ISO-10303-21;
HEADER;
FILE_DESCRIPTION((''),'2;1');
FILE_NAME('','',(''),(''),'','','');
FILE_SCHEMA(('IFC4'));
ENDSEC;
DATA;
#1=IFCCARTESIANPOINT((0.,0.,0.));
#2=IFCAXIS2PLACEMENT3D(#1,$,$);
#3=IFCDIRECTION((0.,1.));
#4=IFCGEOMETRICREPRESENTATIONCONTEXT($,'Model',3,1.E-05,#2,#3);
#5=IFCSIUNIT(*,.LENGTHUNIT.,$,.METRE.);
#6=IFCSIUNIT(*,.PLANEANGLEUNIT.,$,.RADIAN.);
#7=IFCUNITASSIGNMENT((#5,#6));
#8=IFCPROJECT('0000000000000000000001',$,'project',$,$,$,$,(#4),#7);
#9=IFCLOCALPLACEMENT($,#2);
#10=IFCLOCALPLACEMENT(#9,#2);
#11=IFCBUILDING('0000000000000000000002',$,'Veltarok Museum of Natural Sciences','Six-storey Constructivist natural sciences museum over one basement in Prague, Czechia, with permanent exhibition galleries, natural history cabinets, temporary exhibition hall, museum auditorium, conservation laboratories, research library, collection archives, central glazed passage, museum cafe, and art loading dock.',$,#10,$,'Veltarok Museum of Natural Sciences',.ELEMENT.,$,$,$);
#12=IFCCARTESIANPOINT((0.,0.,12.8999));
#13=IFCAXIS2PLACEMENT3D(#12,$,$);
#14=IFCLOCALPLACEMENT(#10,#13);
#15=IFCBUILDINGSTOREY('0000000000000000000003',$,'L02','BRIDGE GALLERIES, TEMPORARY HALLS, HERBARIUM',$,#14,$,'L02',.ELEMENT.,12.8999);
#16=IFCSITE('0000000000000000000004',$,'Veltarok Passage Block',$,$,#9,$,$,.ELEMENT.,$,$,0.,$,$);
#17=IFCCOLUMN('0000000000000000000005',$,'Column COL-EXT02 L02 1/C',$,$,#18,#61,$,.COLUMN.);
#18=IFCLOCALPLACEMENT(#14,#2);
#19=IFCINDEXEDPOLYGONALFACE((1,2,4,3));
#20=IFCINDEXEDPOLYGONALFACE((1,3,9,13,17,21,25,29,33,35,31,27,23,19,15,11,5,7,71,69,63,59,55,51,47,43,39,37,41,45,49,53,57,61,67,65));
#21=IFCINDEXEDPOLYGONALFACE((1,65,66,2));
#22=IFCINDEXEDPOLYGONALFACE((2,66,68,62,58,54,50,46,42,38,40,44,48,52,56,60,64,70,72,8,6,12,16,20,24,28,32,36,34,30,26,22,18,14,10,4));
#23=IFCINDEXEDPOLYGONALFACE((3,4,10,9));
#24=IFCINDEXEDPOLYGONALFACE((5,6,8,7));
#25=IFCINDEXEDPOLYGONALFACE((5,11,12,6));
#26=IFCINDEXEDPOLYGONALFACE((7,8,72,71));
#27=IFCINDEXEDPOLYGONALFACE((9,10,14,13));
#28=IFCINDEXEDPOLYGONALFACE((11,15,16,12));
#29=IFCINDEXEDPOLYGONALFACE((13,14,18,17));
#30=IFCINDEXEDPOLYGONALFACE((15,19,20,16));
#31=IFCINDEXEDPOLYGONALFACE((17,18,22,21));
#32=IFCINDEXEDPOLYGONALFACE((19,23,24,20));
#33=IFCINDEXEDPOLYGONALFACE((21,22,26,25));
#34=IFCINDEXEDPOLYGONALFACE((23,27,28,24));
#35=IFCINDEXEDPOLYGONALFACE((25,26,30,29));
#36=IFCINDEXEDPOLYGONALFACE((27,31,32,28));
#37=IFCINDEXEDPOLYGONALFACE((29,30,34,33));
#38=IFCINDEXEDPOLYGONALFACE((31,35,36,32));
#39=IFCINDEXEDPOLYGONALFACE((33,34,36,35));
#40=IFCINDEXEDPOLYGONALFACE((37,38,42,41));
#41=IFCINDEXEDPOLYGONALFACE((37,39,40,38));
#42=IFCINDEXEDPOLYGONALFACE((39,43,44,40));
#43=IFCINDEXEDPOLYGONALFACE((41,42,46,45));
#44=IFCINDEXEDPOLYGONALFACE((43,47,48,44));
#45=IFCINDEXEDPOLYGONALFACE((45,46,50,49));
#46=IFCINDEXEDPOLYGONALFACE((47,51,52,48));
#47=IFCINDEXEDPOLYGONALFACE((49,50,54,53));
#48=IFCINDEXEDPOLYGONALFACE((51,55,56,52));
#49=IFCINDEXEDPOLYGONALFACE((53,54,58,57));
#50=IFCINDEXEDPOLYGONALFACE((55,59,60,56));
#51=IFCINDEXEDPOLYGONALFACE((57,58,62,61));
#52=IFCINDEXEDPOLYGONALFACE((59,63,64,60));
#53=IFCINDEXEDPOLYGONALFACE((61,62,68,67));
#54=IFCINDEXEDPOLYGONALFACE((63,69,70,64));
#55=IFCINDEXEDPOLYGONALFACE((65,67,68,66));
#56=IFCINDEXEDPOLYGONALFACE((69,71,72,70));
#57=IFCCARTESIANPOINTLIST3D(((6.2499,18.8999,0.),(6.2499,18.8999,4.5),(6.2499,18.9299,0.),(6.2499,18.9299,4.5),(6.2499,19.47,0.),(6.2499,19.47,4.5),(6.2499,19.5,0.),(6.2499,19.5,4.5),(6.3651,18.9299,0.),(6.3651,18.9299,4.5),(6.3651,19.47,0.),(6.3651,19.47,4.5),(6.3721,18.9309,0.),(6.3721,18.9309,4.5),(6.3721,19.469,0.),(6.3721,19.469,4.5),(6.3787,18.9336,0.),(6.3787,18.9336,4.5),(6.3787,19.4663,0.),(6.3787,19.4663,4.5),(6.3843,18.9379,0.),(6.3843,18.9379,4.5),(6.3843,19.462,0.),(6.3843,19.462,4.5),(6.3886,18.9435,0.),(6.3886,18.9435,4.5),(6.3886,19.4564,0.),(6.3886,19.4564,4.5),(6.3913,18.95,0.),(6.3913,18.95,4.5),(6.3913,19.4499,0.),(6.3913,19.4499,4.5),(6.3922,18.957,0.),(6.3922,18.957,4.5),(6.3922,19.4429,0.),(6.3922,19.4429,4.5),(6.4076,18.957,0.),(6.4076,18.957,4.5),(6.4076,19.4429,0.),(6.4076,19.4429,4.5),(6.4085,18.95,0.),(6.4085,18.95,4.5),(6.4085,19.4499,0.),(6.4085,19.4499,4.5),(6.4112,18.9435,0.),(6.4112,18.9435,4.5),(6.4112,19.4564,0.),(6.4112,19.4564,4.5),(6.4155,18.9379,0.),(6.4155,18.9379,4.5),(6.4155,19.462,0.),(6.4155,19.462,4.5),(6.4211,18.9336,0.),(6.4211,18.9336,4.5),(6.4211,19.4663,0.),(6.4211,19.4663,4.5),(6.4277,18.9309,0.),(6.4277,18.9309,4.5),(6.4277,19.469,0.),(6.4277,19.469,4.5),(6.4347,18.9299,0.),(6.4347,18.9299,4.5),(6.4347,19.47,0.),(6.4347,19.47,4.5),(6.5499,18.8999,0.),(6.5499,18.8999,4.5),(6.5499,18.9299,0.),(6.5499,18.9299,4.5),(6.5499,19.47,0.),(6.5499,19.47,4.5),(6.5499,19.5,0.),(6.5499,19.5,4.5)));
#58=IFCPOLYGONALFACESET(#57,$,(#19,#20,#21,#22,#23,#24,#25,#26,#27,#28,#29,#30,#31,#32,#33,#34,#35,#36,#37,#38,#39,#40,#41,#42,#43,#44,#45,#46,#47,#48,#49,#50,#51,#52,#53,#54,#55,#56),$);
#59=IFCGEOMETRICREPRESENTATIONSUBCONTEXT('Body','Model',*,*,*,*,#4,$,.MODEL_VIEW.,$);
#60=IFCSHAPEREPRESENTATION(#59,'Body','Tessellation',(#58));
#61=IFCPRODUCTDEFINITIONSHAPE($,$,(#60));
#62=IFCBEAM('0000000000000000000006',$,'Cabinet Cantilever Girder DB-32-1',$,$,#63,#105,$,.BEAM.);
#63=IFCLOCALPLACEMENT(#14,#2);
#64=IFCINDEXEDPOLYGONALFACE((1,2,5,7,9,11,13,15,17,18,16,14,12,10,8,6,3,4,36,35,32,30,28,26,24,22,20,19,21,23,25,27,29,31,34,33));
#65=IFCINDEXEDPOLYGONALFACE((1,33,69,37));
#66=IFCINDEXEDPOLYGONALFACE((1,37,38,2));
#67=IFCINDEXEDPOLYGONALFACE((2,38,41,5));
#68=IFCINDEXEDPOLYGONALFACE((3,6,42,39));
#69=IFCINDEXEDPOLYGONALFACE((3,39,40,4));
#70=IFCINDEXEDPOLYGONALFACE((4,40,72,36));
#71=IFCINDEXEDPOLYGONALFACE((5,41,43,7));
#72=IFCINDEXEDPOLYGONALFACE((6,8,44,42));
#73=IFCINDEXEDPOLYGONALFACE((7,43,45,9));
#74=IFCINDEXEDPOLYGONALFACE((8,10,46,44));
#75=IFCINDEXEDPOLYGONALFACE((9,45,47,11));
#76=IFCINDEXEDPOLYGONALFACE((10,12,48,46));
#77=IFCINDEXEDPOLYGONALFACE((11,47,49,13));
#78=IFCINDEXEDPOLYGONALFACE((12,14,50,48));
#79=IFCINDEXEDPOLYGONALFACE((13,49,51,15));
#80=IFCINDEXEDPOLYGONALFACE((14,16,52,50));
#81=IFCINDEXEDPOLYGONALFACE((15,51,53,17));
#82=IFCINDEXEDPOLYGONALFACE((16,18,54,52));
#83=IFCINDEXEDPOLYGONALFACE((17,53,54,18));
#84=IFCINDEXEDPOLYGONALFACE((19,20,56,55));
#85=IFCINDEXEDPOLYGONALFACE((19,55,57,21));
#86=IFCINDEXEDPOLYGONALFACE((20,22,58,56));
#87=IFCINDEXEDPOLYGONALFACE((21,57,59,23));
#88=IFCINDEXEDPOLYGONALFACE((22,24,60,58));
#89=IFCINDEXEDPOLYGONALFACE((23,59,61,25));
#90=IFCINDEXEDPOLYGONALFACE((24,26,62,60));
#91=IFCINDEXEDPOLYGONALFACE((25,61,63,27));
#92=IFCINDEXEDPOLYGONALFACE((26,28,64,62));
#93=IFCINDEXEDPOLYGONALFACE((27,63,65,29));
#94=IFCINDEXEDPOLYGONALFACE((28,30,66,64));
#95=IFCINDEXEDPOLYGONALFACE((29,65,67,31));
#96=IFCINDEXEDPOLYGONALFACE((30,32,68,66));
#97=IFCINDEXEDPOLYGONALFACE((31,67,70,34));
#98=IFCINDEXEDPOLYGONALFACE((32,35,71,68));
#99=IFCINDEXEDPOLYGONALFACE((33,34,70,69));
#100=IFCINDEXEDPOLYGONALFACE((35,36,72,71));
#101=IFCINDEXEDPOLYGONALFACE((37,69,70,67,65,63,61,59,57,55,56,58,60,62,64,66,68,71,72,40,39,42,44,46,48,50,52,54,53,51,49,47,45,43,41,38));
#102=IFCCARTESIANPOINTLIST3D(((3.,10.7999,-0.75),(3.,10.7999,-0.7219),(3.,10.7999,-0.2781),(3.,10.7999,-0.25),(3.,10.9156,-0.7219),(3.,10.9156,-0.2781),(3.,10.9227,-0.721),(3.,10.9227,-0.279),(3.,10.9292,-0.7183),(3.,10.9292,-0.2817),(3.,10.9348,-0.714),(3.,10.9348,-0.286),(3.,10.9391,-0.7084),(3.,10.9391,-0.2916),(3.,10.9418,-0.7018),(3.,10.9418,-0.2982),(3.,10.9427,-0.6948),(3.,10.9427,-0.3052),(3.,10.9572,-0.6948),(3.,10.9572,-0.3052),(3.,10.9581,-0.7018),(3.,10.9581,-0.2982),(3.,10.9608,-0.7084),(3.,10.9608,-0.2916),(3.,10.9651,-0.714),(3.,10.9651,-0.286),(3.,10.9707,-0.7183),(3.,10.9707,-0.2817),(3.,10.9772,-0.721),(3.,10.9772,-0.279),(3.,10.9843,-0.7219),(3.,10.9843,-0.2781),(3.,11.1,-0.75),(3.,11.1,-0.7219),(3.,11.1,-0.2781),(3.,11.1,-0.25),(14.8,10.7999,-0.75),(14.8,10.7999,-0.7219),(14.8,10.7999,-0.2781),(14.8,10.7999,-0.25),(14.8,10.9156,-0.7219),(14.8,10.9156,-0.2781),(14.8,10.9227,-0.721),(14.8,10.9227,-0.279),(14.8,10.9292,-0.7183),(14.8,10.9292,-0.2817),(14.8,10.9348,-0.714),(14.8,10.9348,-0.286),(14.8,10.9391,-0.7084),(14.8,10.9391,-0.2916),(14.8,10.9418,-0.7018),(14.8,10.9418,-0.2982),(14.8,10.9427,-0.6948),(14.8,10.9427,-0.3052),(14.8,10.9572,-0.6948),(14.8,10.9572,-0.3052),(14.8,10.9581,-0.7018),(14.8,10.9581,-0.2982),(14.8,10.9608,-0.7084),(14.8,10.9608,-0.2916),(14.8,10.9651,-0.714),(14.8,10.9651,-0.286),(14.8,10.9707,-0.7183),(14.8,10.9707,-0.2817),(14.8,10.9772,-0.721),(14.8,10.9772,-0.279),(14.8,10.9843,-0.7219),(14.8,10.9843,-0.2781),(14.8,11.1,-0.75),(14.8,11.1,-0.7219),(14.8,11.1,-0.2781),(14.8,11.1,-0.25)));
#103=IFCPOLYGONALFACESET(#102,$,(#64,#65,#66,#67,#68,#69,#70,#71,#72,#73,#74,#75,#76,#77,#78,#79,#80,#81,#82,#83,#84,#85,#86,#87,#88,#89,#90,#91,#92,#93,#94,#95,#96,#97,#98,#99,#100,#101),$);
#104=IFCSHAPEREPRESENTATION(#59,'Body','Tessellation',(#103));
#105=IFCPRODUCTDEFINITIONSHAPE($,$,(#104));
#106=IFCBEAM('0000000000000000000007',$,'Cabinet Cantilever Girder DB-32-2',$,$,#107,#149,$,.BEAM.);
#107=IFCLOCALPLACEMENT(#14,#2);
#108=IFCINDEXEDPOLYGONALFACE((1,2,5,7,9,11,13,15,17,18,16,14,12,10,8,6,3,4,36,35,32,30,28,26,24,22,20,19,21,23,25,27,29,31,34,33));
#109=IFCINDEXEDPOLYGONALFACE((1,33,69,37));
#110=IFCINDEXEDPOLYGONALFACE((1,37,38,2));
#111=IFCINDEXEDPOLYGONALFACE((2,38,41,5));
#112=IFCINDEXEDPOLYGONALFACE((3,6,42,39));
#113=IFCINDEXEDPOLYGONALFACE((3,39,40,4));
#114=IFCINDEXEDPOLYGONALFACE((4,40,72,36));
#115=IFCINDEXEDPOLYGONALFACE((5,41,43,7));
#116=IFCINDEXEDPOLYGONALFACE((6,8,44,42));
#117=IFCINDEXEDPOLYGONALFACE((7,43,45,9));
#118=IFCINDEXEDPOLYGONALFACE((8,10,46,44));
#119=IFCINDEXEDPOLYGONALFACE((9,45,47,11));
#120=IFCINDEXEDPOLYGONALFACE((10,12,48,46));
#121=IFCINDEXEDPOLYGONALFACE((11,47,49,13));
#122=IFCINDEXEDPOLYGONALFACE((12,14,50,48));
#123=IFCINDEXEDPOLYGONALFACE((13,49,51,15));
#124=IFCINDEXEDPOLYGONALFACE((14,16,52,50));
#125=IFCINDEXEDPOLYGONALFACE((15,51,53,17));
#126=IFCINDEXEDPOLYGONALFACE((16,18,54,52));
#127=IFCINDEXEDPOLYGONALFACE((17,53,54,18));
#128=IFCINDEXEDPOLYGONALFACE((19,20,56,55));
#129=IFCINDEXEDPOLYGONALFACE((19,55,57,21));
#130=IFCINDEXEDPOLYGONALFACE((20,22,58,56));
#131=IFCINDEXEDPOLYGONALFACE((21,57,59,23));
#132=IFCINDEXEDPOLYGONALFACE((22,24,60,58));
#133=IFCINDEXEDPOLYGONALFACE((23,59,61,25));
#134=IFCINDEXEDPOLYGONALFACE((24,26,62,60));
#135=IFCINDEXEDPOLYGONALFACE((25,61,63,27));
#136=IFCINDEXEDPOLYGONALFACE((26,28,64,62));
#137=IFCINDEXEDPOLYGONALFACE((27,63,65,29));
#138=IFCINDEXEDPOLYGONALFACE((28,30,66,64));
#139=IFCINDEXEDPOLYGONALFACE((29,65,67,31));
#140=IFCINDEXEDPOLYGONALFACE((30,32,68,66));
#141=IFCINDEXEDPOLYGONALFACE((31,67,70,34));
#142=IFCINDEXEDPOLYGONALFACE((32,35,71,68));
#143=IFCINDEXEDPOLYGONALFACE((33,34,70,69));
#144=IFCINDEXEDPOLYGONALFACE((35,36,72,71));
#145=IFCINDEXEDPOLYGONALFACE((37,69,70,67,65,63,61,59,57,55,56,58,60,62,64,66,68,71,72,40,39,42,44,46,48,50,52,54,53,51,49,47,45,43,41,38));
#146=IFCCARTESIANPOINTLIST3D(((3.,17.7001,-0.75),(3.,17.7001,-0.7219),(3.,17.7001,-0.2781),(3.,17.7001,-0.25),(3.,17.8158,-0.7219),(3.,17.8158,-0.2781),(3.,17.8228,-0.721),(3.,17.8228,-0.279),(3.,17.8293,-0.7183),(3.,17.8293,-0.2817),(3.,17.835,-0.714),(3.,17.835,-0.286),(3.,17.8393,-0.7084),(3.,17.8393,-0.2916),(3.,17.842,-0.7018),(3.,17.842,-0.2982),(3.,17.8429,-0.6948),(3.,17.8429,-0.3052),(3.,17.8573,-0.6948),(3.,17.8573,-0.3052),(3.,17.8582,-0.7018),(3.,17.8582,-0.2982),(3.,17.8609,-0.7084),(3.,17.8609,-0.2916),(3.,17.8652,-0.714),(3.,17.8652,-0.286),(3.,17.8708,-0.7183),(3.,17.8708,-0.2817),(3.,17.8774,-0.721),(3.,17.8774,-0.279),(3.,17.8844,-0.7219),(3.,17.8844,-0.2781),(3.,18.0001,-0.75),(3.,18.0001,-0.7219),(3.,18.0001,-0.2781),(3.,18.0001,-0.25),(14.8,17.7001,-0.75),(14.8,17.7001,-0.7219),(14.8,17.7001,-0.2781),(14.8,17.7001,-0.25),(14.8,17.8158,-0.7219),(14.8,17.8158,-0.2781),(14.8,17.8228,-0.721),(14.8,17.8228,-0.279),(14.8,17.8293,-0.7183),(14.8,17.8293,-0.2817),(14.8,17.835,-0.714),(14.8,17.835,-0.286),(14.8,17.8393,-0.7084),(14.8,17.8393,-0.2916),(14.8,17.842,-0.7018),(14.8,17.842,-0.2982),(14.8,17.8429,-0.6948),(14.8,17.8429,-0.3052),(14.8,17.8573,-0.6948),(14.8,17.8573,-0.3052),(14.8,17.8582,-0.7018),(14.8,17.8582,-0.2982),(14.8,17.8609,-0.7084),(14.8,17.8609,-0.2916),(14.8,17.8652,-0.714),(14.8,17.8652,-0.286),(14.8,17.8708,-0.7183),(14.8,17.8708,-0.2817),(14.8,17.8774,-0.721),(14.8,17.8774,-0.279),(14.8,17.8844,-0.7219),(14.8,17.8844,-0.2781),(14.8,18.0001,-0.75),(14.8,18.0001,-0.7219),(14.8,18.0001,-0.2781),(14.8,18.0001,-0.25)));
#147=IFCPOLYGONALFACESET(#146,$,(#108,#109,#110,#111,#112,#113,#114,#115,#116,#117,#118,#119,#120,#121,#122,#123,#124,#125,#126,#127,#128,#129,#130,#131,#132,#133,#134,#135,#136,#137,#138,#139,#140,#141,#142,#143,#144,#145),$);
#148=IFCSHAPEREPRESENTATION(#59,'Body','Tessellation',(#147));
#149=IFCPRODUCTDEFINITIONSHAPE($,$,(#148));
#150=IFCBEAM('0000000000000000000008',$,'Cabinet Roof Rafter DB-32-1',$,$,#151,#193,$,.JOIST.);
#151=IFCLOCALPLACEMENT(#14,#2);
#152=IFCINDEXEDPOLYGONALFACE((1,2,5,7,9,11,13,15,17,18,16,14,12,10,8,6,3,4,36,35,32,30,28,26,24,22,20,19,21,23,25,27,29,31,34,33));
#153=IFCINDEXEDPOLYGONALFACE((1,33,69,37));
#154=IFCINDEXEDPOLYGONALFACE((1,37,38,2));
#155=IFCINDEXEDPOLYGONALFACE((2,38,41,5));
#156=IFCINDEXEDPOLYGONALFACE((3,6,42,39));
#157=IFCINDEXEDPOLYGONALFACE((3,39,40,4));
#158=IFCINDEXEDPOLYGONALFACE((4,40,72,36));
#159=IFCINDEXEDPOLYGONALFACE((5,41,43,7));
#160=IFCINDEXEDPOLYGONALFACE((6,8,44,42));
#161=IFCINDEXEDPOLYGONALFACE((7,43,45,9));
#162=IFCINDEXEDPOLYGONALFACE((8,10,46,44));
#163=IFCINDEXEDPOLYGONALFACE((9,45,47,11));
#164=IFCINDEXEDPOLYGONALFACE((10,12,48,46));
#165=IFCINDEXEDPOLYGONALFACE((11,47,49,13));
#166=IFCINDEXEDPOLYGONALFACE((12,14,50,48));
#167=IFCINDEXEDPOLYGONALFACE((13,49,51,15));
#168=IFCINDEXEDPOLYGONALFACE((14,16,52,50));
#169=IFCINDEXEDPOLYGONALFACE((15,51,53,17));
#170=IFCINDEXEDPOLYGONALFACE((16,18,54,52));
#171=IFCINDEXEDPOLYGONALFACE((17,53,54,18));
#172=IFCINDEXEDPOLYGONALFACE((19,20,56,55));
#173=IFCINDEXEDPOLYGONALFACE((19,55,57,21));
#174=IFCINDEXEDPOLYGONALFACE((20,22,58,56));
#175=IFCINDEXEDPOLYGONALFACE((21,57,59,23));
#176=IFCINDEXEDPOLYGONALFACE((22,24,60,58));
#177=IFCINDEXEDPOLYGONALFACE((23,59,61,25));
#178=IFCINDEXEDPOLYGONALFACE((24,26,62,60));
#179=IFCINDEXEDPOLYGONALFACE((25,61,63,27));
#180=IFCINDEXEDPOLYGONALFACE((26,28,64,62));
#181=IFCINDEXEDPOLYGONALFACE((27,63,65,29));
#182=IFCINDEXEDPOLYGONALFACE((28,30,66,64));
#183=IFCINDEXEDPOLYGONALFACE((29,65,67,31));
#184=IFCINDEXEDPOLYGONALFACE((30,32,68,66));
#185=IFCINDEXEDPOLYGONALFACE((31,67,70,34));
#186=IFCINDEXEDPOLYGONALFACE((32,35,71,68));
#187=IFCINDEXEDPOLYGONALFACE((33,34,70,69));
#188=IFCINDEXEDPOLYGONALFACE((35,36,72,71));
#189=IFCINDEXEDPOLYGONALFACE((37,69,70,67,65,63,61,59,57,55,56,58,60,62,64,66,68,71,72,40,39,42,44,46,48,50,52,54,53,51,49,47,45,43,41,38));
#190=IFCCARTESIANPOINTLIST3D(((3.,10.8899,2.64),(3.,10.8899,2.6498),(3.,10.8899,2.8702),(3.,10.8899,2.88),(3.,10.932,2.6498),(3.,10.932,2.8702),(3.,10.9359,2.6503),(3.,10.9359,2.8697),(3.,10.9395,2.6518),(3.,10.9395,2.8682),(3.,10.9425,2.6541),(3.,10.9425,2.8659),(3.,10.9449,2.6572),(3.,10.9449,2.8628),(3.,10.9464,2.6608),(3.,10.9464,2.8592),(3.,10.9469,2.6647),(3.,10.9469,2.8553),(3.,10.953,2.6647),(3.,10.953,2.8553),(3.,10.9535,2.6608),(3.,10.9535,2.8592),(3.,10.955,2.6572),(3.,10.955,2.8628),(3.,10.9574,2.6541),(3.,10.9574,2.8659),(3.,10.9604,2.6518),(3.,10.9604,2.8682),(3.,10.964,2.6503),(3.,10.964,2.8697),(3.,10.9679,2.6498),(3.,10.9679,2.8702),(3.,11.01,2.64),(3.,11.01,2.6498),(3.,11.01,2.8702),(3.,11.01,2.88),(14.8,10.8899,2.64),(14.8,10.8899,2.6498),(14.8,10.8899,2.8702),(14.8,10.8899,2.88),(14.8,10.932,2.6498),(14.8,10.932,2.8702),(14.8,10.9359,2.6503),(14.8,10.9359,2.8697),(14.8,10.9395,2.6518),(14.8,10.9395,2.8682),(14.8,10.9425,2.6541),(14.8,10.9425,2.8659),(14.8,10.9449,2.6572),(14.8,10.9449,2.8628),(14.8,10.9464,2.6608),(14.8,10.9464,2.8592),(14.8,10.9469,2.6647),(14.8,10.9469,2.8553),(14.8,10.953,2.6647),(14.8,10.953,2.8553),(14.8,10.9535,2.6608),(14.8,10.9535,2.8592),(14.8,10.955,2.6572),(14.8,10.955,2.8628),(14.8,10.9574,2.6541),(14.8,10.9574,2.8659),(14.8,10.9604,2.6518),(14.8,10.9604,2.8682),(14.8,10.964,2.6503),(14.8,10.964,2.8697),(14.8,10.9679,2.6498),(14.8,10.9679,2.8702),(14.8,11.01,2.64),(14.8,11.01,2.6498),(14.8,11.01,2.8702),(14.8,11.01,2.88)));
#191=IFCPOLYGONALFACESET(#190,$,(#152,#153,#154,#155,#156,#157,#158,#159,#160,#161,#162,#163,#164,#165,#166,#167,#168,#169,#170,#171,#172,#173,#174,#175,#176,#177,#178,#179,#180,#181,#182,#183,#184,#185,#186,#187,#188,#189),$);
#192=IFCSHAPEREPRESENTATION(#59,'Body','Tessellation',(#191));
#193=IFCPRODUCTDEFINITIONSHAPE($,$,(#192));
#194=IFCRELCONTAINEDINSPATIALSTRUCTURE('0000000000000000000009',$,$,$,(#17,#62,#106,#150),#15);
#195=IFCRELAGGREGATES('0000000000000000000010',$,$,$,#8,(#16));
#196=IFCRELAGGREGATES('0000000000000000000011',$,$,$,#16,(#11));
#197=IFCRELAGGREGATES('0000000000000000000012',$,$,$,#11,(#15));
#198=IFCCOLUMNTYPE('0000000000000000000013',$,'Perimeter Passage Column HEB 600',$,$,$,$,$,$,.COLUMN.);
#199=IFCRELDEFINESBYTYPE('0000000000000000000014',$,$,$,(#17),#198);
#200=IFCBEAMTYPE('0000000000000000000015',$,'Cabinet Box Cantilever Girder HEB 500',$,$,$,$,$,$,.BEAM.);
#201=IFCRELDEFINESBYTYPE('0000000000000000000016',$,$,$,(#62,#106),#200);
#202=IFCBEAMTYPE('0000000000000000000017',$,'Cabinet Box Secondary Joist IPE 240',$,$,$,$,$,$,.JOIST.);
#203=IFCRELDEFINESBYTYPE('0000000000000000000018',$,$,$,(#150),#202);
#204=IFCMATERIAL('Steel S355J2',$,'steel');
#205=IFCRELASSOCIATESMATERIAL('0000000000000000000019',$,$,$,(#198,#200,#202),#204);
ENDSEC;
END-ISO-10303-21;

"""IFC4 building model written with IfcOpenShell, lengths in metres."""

from ifc_helpers import new_model, si_unit, direction, frame, origin, origin_2d, place, context, subcontext, project, spatial, i_section, extrude, material, material_profile, profile_set, type_object, element, save


model = new_model("IFC4")

# Units and contexts
model_context = context("Model", 3, precision=1e-05, world=origin(), true_north=direction((0.0, 1.0)))
body_context = subcontext(model_context, "Body", "Model", "MODEL_VIEW")
ifc_project = project(units=[si_unit("LENGTHUNIT", "METRE"), si_unit("PLANEANGLEUNIT", "RADIAN")], contexts=[model_context])

# Site, building, storey
site_placement = place(None, origin())
site = spatial("IfcSite", under=ifc_project, at=site_placement, Name="Veltarok Passage Block", CompositionType="ELEMENT", RefElevation=0.0)
building_placement = place(site_placement, origin())
building = spatial("IfcBuilding", under=site, at=building_placement, Name="Veltarok Museum of Natural Sciences", Description="Six-storey Constructivist natural sciences museum over one basement in Prague, Czechia, with permanent exhibition galleries, natural history cabinets, temporary exhibition hall, museum auditorium, conservation laboratories, research library, collection archives, central glazed passage, museum cafe, and art loading dock.", LongName="Veltarok Museum of Natural Sciences", CompositionType="ELEMENT")
storey_placement = place(building_placement, frame((0.0, 0.0, 12.8999)))
storey = spatial("IfcBuildingStorey", under=building, at=storey_placement, Name="L02", Description="BRIDGE GALLERIES, TEMPORARY HALLS, HERBARIUM", LongName="L02", CompositionType="ELEMENT", Elevation=12.8999)

# Column
ifc_material_1 = material(Name="Steel S355J2", Category="steel")
ifc_material_profile_1 = material_profile(ifc_material_1, i_section(OverallWidth=0.3, OverallDepth=0.6001, WebThickness=0.0154, FlangeThickness=0.03, FilletRadius=0.0271, at=origin_2d()), Name="HEB 600")
ifc_profile_set_1 = profile_set([ifc_material_profile_1], Name="Steel S355J2")
column_type = type_object("IfcColumnType", Name="Perimeter Passage Column HEB 600", PredefinedType="COLUMN", material=ifc_profile_set_1)
column_placement = place(storey_placement, frame((6.3999, 19.2, 0.0), z_axis=(0.0, 0.0, 1.0), x_axis=(1.0, 0.0, 0.0)))
element("IfcColumn", 1, at=column_placement, inside=storey, type_object=column_type, Name="Column COL-EXT02 L02 1/C", PredefinedType="COLUMN", context=body_context, shape_type="SweptSolid", body=[
    extrude(i_section(OverallWidth=0.3, OverallDepth=0.6001, WebThickness=0.0154, FlangeThickness=0.03, FilletRadius=0.0271, at=origin_2d()), origin(), (0.0, 0.0, 1.0), 4.5),
])

# Beams
ifc_material_profile_2 = material_profile(ifc_material_1, i_section(OverallWidth=0.3, OverallDepth=0.5, WebThickness=0.0144, FlangeThickness=0.0281, FilletRadius=0.0271, at=origin_2d()), Name="HEB 500")
ifc_profile_set_2 = profile_set([ifc_material_profile_2], Name="Steel S355J2")
beam_type_1 = type_object("IfcBeamType", Name="Cabinet Box Cantilever Girder HEB 500", PredefinedType="BEAM", material=ifc_profile_set_2)
for number, where, z_axis, x_axis, name in (
    (2, (3.0, 10.95, -0.5), (1.0, 0.0, 0.0), (0.0, 1.0, 0.0), "Cabinet Cantilever Girder DB-32-1"),
    (3, (3.0, 17.8501, -0.5), (1.0, 0.0, 0.0), (0.0, 1.0, 0.0), "Cabinet Cantilever Girder DB-32-2"),
):
    element("IfcBeam", number, at=place(storey_placement, frame(where, z_axis=z_axis, x_axis=x_axis)), inside=storey, type_object=beam_type_1, Name=name, PredefinedType="BEAM", context=body_context, shape_type="SweptSolid", body=[
        extrude(i_section(OverallWidth=0.3, OverallDepth=0.5, WebThickness=0.0144, FlangeThickness=0.0281, FilletRadius=0.0271, at=origin_2d()), origin(), (0.0, 0.0, 1.0), 11.8),
    ])
ifc_material_profile_3 = material_profile(ifc_material_1, i_section(OverallWidth=0.1201, OverallDepth=0.24, WebThickness=0.0061, FlangeThickness=0.0098, FilletRadius=0.0149, at=origin_2d()), Name="IPE 240")
ifc_profile_set_3 = profile_set([ifc_material_profile_3], Name="Steel S355J2")
beam_type_2 = type_object("IfcBeamType", Name="Cabinet Box Secondary Joist IPE 240", PredefinedType="JOIST", material=ifc_profile_set_3)
for number, where, z_axis, x_axis, name in (
    (4, (3.0, 10.95, 2.76), (1.0, 0.0, 0.0), (0.0, 1.0, 0.0), "Cabinet Roof Rafter DB-32-1"),
):
    element("IfcBeam", number, at=place(storey_placement, frame(where, z_axis=z_axis, x_axis=x_axis)), inside=storey, type_object=beam_type_2, Name=name, PredefinedType="JOIST", context=body_context, shape_type="SweptSolid", body=[
        extrude(i_section(OverallWidth=0.1201, OverallDepth=0.24, WebThickness=0.0061, FlangeThickness=0.0098, FilletRadius=0.0149, at=origin_2d()), origin(), (0.0, 0.0, 1.0), 11.8),
    ])

save(model, "model.ifc")
